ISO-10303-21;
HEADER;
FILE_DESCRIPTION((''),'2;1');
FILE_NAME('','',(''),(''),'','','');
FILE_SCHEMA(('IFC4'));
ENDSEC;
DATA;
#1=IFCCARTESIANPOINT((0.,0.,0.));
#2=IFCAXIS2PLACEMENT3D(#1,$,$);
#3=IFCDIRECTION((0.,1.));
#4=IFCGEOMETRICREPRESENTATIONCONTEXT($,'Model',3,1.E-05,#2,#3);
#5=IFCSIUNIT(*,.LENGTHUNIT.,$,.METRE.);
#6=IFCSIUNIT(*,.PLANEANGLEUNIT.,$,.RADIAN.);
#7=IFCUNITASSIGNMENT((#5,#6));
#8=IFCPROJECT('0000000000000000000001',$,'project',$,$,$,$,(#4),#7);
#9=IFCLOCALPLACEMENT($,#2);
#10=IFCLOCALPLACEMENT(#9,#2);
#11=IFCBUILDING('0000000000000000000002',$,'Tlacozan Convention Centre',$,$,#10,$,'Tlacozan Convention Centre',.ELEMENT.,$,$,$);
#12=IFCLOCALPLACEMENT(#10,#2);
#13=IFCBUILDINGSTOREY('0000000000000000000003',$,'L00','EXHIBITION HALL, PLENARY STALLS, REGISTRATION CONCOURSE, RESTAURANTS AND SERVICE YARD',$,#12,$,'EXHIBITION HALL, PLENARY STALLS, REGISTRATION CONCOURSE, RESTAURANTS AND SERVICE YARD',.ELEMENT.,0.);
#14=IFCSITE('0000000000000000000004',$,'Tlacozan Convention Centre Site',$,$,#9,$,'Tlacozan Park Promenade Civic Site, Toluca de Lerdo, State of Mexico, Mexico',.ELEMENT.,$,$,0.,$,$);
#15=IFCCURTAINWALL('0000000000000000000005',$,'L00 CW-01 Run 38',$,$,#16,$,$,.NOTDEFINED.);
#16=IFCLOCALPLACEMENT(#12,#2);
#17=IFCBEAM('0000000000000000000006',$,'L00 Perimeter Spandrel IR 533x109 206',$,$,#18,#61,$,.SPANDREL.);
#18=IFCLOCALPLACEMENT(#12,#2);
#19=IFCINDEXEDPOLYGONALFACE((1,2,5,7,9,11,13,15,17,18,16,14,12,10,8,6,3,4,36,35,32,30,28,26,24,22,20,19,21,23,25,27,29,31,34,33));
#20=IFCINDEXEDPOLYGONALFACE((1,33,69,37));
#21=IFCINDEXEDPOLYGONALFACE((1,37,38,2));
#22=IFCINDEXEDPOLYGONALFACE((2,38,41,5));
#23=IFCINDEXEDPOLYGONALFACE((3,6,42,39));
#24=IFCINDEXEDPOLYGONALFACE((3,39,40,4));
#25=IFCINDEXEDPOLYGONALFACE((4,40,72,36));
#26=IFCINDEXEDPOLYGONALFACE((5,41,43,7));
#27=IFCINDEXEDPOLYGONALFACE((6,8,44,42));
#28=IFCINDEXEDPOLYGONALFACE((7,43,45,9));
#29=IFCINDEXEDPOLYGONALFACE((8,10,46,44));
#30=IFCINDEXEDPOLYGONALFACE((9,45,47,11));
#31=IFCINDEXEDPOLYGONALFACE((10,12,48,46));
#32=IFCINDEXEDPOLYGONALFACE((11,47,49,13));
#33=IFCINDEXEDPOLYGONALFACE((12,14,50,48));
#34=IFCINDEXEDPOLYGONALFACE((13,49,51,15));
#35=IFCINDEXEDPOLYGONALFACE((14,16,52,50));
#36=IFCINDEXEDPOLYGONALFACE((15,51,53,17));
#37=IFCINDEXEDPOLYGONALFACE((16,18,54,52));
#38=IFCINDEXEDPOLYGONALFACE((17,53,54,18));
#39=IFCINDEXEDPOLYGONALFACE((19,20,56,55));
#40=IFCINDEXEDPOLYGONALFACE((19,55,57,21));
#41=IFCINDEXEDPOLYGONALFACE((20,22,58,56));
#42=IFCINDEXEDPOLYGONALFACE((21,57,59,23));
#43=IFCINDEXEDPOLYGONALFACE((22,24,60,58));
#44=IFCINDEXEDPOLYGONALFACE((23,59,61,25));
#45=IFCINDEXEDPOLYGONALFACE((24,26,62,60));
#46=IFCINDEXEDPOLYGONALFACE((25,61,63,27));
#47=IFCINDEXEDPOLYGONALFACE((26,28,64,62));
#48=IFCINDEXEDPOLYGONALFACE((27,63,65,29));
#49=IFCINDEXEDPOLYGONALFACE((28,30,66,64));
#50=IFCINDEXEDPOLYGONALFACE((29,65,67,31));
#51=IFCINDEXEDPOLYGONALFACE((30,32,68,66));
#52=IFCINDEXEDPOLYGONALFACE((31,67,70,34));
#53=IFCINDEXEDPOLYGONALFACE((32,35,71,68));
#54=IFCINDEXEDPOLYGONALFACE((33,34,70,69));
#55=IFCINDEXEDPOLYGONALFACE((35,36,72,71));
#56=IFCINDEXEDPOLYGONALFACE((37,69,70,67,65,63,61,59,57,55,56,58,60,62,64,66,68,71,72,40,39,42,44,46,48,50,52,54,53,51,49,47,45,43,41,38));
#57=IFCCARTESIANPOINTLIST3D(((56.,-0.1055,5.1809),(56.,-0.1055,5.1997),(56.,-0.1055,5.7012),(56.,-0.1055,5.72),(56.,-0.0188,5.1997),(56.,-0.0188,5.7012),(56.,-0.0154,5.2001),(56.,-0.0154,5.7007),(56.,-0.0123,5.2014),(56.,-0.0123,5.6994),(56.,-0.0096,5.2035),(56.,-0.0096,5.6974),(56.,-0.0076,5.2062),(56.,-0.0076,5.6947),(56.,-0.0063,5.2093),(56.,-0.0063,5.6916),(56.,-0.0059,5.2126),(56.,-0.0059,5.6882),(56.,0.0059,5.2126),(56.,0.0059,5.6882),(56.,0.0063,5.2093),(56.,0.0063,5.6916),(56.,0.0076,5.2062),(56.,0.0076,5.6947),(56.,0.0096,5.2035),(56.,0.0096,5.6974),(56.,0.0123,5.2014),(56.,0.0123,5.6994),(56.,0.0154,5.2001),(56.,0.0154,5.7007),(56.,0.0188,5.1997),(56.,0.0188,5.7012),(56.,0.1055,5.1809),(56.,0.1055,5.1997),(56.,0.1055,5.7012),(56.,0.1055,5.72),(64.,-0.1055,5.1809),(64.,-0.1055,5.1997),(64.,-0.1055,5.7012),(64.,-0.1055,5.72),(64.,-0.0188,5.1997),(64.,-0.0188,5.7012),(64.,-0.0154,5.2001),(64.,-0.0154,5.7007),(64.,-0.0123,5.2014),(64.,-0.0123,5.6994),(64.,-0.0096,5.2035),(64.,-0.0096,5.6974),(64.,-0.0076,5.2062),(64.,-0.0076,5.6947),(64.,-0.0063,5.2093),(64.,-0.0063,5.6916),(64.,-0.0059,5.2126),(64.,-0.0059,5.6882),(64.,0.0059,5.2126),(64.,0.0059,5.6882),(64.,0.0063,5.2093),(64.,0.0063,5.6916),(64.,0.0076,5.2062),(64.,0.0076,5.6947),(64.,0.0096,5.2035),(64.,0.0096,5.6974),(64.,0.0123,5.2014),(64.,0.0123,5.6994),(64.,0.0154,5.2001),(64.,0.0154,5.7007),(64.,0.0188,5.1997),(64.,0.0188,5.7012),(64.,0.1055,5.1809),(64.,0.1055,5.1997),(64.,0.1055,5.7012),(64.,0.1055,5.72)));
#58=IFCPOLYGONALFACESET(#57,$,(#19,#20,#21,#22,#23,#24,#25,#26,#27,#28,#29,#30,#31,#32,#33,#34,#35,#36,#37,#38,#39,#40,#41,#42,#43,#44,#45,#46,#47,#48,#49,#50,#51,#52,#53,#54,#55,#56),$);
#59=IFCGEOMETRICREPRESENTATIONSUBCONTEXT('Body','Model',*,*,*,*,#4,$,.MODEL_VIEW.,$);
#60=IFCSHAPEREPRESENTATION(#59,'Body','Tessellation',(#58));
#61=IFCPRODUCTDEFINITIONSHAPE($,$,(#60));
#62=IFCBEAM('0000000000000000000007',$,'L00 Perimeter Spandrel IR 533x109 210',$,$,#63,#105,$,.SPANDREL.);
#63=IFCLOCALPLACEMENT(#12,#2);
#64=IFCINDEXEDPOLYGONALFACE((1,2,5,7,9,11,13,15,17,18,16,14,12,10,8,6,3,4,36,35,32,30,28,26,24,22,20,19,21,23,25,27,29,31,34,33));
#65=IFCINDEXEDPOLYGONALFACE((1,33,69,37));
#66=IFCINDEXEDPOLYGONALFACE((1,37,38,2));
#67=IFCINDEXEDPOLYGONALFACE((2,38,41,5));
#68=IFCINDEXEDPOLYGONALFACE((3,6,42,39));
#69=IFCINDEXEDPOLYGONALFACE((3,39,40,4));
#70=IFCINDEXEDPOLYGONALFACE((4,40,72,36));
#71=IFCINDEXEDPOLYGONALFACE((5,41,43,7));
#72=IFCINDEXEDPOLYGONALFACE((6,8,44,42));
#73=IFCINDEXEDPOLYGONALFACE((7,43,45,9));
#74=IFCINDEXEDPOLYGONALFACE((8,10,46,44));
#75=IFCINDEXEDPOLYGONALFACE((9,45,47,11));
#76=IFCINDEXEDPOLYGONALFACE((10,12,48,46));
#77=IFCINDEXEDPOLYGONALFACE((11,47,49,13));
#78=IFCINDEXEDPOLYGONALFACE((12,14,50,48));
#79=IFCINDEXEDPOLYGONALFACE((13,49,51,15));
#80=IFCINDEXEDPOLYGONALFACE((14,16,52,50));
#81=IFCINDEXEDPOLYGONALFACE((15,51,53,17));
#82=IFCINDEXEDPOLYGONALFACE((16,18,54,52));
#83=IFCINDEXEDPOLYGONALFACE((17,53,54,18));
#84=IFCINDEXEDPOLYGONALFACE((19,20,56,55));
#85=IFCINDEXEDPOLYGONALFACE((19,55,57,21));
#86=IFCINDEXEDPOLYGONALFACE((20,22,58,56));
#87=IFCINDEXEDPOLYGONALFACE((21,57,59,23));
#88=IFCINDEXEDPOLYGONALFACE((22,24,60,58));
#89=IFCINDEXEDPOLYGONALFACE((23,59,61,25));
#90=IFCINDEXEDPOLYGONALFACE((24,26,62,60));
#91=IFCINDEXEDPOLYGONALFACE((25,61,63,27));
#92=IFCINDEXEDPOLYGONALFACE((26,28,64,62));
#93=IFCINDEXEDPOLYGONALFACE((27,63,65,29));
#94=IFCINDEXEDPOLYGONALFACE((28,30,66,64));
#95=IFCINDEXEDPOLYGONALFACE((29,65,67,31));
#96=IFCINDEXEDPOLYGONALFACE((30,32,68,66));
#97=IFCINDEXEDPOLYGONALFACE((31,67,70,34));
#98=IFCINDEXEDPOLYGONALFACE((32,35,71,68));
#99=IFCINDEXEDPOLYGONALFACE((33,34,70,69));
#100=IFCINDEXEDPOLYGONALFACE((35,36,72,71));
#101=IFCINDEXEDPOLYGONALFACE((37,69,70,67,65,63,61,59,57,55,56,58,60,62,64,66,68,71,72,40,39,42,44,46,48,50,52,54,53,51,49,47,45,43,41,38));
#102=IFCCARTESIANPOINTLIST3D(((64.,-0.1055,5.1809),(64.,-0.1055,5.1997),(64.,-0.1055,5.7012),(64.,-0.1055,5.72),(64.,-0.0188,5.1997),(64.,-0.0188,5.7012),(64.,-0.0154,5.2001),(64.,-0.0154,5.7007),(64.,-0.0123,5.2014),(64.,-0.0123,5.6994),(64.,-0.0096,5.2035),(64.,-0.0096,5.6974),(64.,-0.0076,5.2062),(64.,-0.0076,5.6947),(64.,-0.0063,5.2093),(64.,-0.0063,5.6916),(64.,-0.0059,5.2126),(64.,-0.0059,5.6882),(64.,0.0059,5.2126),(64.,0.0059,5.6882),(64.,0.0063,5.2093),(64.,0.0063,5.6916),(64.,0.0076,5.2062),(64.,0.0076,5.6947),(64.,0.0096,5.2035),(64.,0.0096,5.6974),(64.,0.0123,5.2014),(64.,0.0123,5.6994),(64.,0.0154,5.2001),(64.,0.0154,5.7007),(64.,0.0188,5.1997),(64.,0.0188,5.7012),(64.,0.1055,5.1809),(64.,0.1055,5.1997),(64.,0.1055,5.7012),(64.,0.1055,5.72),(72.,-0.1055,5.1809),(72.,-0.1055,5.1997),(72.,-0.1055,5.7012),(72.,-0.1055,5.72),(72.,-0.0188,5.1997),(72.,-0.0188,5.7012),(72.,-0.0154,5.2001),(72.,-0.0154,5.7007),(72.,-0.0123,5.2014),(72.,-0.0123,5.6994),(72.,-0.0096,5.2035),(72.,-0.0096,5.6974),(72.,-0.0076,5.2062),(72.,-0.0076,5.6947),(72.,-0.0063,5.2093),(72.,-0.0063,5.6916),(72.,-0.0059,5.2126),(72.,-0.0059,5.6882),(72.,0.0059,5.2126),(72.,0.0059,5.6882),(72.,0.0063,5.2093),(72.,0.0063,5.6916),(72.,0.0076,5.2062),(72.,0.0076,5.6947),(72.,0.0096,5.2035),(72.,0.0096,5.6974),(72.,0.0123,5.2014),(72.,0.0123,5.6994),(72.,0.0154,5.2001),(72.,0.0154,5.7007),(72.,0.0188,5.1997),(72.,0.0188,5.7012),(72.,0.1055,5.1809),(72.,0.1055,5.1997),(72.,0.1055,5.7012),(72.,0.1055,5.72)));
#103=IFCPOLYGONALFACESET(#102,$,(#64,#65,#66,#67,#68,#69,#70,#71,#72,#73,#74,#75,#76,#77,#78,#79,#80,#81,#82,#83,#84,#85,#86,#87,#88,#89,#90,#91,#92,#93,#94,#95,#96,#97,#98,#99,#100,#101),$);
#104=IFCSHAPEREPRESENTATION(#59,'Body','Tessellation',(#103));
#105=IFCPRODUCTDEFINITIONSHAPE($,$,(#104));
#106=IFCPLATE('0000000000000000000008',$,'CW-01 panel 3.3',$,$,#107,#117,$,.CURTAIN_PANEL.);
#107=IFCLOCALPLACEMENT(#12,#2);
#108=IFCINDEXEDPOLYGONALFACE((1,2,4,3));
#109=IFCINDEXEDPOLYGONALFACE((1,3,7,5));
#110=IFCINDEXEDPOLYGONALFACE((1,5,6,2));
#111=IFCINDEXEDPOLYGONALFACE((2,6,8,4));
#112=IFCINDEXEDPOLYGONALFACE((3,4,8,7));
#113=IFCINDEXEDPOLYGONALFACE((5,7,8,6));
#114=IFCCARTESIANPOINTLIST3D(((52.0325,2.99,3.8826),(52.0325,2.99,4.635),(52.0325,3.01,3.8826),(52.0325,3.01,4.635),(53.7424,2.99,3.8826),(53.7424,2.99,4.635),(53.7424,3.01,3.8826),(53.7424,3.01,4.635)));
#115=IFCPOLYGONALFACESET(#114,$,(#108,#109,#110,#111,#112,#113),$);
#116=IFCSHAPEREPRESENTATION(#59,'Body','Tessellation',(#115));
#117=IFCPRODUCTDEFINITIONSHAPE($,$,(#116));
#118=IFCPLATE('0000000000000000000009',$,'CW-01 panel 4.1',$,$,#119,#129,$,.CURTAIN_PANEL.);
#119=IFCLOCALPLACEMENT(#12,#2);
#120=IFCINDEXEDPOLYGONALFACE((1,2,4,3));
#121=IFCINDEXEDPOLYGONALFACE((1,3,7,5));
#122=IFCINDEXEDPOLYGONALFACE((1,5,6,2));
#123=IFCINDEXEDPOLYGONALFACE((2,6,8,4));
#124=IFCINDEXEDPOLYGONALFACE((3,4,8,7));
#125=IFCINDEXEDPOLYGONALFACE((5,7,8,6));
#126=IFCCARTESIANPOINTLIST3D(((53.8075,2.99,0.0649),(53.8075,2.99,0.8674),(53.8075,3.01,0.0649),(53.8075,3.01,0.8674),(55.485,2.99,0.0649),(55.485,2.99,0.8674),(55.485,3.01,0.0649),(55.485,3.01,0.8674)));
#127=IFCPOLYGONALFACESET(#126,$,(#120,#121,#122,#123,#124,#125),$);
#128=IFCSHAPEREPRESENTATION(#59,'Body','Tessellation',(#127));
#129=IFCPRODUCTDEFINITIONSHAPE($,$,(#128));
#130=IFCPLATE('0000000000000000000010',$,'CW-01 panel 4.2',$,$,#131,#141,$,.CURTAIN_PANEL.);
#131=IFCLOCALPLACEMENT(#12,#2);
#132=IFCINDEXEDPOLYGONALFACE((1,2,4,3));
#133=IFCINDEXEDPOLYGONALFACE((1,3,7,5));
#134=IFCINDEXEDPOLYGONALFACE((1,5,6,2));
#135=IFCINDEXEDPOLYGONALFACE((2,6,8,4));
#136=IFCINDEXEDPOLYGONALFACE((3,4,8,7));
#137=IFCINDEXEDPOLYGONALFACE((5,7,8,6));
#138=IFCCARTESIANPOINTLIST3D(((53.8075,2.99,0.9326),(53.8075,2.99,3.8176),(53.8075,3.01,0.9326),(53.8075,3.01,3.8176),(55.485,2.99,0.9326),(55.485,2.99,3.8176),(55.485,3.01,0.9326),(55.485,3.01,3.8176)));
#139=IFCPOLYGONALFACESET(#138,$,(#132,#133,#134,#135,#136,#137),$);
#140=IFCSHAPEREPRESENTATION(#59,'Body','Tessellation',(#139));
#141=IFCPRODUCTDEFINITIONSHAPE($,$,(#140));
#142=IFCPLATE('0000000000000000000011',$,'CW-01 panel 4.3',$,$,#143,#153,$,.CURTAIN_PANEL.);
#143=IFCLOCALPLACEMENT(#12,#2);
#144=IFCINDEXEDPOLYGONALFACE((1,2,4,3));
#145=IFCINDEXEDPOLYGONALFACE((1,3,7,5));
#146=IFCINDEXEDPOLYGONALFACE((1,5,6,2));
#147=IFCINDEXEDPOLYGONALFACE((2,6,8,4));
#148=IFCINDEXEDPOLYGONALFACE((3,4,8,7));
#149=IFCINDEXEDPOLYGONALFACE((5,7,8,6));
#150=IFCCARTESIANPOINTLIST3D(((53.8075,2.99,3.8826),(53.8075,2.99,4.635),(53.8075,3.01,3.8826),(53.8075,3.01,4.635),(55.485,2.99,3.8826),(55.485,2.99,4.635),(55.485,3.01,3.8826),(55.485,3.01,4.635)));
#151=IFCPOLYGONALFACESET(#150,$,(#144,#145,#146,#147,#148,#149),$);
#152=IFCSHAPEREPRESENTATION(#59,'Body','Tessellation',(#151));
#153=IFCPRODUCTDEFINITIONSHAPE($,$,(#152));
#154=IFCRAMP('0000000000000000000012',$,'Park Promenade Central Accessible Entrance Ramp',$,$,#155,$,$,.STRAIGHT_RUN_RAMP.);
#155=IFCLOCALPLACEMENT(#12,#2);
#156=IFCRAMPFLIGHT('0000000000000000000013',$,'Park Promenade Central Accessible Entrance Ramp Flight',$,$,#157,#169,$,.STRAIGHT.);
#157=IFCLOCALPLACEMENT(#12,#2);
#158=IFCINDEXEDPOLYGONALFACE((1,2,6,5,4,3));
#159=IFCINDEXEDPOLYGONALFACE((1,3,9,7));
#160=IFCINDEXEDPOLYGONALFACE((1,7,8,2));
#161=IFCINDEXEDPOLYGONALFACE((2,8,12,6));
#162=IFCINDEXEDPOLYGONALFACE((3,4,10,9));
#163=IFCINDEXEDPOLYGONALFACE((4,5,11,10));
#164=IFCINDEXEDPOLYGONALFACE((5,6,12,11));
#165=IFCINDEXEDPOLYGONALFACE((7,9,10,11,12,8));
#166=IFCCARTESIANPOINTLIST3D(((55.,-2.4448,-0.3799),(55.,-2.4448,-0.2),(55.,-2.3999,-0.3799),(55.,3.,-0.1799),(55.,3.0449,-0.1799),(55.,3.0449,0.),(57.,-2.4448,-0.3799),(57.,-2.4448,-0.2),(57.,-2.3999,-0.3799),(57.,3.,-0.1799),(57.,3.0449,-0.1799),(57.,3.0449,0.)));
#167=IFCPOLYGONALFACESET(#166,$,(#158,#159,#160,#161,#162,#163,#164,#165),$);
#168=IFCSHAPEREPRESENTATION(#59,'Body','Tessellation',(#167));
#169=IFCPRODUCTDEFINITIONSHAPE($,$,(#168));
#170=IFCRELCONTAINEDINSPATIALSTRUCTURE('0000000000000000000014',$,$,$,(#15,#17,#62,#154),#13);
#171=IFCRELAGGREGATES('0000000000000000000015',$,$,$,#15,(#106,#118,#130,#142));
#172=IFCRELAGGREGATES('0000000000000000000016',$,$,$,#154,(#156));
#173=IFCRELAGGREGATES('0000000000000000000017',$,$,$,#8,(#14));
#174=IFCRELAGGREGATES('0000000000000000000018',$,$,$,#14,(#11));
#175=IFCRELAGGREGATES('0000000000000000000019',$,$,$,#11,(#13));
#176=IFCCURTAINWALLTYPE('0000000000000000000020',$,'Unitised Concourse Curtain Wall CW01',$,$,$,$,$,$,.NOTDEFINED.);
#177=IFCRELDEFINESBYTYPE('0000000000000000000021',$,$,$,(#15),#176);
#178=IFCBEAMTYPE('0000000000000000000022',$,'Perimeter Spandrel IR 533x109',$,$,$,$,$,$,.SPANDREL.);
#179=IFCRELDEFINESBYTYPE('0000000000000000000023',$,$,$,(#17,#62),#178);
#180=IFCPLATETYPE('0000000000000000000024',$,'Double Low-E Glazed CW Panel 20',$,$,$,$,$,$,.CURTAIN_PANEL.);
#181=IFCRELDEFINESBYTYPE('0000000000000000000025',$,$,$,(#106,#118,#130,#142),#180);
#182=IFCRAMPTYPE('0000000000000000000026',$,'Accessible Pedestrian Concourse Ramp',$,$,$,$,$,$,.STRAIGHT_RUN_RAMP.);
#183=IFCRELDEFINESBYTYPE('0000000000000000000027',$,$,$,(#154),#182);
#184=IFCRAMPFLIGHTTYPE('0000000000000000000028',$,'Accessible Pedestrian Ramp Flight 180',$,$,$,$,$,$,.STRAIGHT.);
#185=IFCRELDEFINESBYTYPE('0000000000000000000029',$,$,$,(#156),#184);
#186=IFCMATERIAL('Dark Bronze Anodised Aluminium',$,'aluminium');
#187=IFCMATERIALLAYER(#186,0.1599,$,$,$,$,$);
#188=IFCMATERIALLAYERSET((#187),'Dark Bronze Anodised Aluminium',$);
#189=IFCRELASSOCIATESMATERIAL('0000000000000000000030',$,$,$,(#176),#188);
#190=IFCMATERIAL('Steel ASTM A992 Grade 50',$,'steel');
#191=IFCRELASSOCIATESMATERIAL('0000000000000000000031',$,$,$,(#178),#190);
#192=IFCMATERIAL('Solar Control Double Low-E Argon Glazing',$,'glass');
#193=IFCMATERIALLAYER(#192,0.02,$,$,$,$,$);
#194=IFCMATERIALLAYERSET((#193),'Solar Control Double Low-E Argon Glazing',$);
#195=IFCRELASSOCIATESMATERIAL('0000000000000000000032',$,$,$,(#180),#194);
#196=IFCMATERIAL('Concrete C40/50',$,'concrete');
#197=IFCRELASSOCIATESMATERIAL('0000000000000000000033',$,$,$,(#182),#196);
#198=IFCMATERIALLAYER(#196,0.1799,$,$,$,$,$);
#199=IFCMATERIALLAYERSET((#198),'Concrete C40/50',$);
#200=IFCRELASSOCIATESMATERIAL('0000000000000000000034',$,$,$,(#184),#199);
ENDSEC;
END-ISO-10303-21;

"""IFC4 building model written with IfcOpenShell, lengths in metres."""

from ifc_helpers import new_model, si_unit, direction, frame, origin, origin_2d, place, context, subcontext, project, spatial, polyline, rectangle, i_section, outline, extrude, material, layer, layer_set, material_profile, profile_set, type_object, element, aggregate, save


model = new_model("IFC4")

# Units and contexts
model_context = context("Model", 3, precision=1e-05, world=origin(), true_north=direction((0.0, 1.0)))
body_context = subcontext(model_context, "Body", "Model", "MODEL_VIEW")
ifc_project = project(units=[si_unit("LENGTHUNIT", "METRE"), si_unit("PLANEANGLEUNIT", "RADIAN")], contexts=[model_context])

# Site, building, storey
site_placement = place(None, origin())
site = spatial("IfcSite", under=ifc_project, at=site_placement, Name="Tlacozan Convention Centre Site", LongName="Tlacozan Park Promenade Civic Site, Toluca de Lerdo, State of Mexico, Mexico", CompositionType="ELEMENT", RefElevation=0.0)
building_placement = place(site_placement, origin())
building = spatial("IfcBuilding", under=site, at=building_placement, Name="Tlacozan Convention Centre", LongName="Tlacozan Convention Centre", CompositionType="ELEMENT")
storey_placement = place(building_placement, origin())
storey = spatial("IfcBuildingStorey", under=building, at=storey_placement, Name="L00", Description="EXHIBITION HALL, PLENARY STALLS, REGISTRATION CONCOURSE, RESTAURANTS AND SERVICE YARD", LongName="EXHIBITION HALL, PLENARY STALLS, REGISTRATION CONCOURSE, RESTAURANTS AND SERVICE YARD", CompositionType="ELEMENT", Elevation=0.0)

# Shared definitions
ifc_material_1 = material(Name="Concrete C40/50", Category="concrete")

# Curtain wall
ifc_material_2 = material(Name="Dark Bronze Anodised Aluminium", Category="aluminium")
ifc_layer_1 = layer(ifc_material_2, 0.1599)
ifc_layer_set_1 = layer_set([ifc_layer_1], Name="Dark Bronze Anodised Aluminium")
curtain_wall_type = type_object("IfcCurtainWallType", Name="Unitised Concourse Curtain Wall CW01", PredefinedType="NOTDEFINED", material=ifc_layer_set_1)
curtain_wall_1_placement = place(storey_placement, origin())
curtain_wall_1 = element("IfcCurtainWall", 1, at=curtain_wall_1_placement, inside=storey, type_object=curtain_wall_type, Name="L00 CW-01 Run 38", PredefinedType="NOTDEFINED")

# Beams
ifc_material_3 = material(Name="Steel ASTM A992 Grade 50", Category="steel")
ifc_material_profile_1 = material_profile(ifc_material_3, i_section(OverallWidth=0.2109, OverallDepth=0.5391, WebThickness=0.0117, FlangeThickness=0.0188, FilletRadius=0.0129, at=origin_2d()), Name="IR 533x109.0")
ifc_profile_set_1 = profile_set([ifc_material_profile_1], Name="Steel ASTM A992 Grade 50")
beam_type_1 = type_object("IfcBeamType", Name="Perimeter Spandrel IR 533x109", PredefinedType="SPANDREL", material=ifc_profile_set_1)
for number, where, z_axis, x_axis, name in (
    (2, (56.0, 0.0, 5.4504), (1.0, 0.0, 0.0), (0.0, 1.0, 0.0), "L00 Perimeter Spandrel IR 533x109 206"),
    (3, (64.0, 0.0, 5.4504), (1.0, 0.0, 0.0), (0.0, 1.0, 0.0), "L00 Perimeter Spandrel IR 533x109 210"),
):
    element("IfcBeam", number, at=place(storey_placement, frame(where, z_axis=z_axis, x_axis=x_axis)), inside=storey, type_object=beam_type_1, Name=name, PredefinedType="SPANDREL", context=body_context, shape_type="SweptSolid", body=[
        extrude(i_section(OverallWidth=0.2109, OverallDepth=0.5391, WebThickness=0.0117, FlangeThickness=0.0188, FilletRadius=0.0129, at=origin_2d()), origin(), (0.0, 0.0, 1.0), 8.0),
    ])

# Plates
ifc_material_4 = material(Name="Solar Control Double Low-E Argon Glazing", Category="glass")
ifc_layer_2 = layer(ifc_material_4, 0.02)
ifc_layer_set_2 = layer_set([ifc_layer_2], Name="Solar Control Double Low-E Argon Glazing")
plate_type = type_object("IfcPlateType", Name="Double Low-E Glazed CW Panel 20", PredefinedType="CURTAIN_PANEL", material=ifc_layer_set_2)
plate_1_placement = place(storey_placement, frame((52.8875, 3.0, 3.8826), z_axis=(0.0, 0.0, 1.0), x_axis=(1.0, 0.0, 0.0)))
plate_1 = element("IfcPlate", 4, at=plate_1_placement, type_object=plate_type, Name="CW-01 panel 3.3", PredefinedType="CURTAIN_PANEL", context=body_context, shape_type="SweptSolid", body=[
    extrude(rectangle(XDim=1.71, YDim=0.02, at=origin_2d()), origin(), (0.0, 0.0, 1.0), 0.7524),
])
plate_2_placement = place(storey_placement, frame((54.6462, 3.0, 0.0649), z_axis=(0.0, 0.0, 1.0), x_axis=(1.0, 0.0, 0.0)))
plate_2 = element("IfcPlate", 5, at=plate_2_placement, type_object=plate_type, Name="CW-01 panel 4.1", PredefinedType="CURTAIN_PANEL", context=body_context, shape_type="SweptSolid", body=[
    extrude(rectangle(XDim=1.6775, YDim=0.02, at=origin_2d()), origin(), (0.0, 0.0, 1.0), 0.8025),
])
plate_3_placement = place(storey_placement, frame((54.6462, 3.0, 0.9326), z_axis=(0.0, 0.0, 1.0), x_axis=(1.0, 0.0, 0.0)))
plate_3 = element("IfcPlate", 6, at=plate_3_placement, type_object=plate_type, Name="CW-01 panel 4.2", PredefinedType="CURTAIN_PANEL", context=body_context, shape_type="SweptSolid", body=[
    extrude(rectangle(XDim=1.6775, YDim=0.02, at=origin_2d()), origin(), (0.0, 0.0, 1.0), 2.885),
])
plate_4_placement = place(storey_placement, frame((54.6462, 3.0, 3.8826), z_axis=(0.0, 0.0, 1.0), x_axis=(1.0, 0.0, 0.0)))
plate_4 = element("IfcPlate", 7, at=plate_4_placement, type_object=plate_type, Name="CW-01 panel 4.3", PredefinedType="CURTAIN_PANEL", context=body_context, shape_type="SweptSolid", body=[
    extrude(rectangle(XDim=1.6775, YDim=0.02, at=origin_2d()), origin(), (0.0, 0.0, 1.0), 0.7524),
])
aggregate(curtain_wall_1, [plate_1, plate_2, plate_3, plate_4])

# Ramp, ramp flight
ramp_type = type_object("IfcRampType", Name="Accessible Pedestrian Concourse Ramp", PredefinedType="STRAIGHT_RUN_RAMP", material=ifc_material_1)
ramp_placement = place(storey_placement, origin())
ramp = element("IfcRamp", 8, at=ramp_placement, inside=storey, type_object=ramp_type, Name="Park Promenade Central Accessible Entrance Ramp", PredefinedType="STRAIGHT_RUN_RAMP")
ifc_layer_3 = layer(ifc_material_1, 0.1799)
ifc_layer_set_3 = layer_set([ifc_layer_3], Name="Concrete C40/50")
ramp_flight_type = type_object("IfcRampFlightType", Name="Accessible Pedestrian Ramp Flight 180", PredefinedType="STRAIGHT", material=ifc_layer_set_3)
ramp_flight_placement = place(storey_placement, frame((56.0, -2.3999, -0.2), z_axis=(0.0, 0.0, 1.0), x_axis=(0.0, 1.0, 0.0)))
ramp_flight = element("IfcRampFlight", 9, at=ramp_flight_placement, type_object=ramp_flight_type, Name="Park Promenade Central Accessible Entrance Ramp Flight", PredefinedType="STRAIGHT", context=body_context, shape_type="SweptSolid", body=[
    extrude(outline(polyline([(-0.0449, 0.0), (-0.0449, -0.1799), (0.0, -0.1799), (5.3999, 0.02), (5.4448, 0.02), (5.4448, 0.2), (-0.0449, 0.0)])), frame((0.0, 1.0, 0.0), z_axis=(0.0, -1.0, 0.0), x_axis=(1.0, 0.0, 0.0)), (0.0, 0.0, 1.0), 2.0),
])
aggregate(ramp, [ramp_flight])

save(model, "model.ifc")
